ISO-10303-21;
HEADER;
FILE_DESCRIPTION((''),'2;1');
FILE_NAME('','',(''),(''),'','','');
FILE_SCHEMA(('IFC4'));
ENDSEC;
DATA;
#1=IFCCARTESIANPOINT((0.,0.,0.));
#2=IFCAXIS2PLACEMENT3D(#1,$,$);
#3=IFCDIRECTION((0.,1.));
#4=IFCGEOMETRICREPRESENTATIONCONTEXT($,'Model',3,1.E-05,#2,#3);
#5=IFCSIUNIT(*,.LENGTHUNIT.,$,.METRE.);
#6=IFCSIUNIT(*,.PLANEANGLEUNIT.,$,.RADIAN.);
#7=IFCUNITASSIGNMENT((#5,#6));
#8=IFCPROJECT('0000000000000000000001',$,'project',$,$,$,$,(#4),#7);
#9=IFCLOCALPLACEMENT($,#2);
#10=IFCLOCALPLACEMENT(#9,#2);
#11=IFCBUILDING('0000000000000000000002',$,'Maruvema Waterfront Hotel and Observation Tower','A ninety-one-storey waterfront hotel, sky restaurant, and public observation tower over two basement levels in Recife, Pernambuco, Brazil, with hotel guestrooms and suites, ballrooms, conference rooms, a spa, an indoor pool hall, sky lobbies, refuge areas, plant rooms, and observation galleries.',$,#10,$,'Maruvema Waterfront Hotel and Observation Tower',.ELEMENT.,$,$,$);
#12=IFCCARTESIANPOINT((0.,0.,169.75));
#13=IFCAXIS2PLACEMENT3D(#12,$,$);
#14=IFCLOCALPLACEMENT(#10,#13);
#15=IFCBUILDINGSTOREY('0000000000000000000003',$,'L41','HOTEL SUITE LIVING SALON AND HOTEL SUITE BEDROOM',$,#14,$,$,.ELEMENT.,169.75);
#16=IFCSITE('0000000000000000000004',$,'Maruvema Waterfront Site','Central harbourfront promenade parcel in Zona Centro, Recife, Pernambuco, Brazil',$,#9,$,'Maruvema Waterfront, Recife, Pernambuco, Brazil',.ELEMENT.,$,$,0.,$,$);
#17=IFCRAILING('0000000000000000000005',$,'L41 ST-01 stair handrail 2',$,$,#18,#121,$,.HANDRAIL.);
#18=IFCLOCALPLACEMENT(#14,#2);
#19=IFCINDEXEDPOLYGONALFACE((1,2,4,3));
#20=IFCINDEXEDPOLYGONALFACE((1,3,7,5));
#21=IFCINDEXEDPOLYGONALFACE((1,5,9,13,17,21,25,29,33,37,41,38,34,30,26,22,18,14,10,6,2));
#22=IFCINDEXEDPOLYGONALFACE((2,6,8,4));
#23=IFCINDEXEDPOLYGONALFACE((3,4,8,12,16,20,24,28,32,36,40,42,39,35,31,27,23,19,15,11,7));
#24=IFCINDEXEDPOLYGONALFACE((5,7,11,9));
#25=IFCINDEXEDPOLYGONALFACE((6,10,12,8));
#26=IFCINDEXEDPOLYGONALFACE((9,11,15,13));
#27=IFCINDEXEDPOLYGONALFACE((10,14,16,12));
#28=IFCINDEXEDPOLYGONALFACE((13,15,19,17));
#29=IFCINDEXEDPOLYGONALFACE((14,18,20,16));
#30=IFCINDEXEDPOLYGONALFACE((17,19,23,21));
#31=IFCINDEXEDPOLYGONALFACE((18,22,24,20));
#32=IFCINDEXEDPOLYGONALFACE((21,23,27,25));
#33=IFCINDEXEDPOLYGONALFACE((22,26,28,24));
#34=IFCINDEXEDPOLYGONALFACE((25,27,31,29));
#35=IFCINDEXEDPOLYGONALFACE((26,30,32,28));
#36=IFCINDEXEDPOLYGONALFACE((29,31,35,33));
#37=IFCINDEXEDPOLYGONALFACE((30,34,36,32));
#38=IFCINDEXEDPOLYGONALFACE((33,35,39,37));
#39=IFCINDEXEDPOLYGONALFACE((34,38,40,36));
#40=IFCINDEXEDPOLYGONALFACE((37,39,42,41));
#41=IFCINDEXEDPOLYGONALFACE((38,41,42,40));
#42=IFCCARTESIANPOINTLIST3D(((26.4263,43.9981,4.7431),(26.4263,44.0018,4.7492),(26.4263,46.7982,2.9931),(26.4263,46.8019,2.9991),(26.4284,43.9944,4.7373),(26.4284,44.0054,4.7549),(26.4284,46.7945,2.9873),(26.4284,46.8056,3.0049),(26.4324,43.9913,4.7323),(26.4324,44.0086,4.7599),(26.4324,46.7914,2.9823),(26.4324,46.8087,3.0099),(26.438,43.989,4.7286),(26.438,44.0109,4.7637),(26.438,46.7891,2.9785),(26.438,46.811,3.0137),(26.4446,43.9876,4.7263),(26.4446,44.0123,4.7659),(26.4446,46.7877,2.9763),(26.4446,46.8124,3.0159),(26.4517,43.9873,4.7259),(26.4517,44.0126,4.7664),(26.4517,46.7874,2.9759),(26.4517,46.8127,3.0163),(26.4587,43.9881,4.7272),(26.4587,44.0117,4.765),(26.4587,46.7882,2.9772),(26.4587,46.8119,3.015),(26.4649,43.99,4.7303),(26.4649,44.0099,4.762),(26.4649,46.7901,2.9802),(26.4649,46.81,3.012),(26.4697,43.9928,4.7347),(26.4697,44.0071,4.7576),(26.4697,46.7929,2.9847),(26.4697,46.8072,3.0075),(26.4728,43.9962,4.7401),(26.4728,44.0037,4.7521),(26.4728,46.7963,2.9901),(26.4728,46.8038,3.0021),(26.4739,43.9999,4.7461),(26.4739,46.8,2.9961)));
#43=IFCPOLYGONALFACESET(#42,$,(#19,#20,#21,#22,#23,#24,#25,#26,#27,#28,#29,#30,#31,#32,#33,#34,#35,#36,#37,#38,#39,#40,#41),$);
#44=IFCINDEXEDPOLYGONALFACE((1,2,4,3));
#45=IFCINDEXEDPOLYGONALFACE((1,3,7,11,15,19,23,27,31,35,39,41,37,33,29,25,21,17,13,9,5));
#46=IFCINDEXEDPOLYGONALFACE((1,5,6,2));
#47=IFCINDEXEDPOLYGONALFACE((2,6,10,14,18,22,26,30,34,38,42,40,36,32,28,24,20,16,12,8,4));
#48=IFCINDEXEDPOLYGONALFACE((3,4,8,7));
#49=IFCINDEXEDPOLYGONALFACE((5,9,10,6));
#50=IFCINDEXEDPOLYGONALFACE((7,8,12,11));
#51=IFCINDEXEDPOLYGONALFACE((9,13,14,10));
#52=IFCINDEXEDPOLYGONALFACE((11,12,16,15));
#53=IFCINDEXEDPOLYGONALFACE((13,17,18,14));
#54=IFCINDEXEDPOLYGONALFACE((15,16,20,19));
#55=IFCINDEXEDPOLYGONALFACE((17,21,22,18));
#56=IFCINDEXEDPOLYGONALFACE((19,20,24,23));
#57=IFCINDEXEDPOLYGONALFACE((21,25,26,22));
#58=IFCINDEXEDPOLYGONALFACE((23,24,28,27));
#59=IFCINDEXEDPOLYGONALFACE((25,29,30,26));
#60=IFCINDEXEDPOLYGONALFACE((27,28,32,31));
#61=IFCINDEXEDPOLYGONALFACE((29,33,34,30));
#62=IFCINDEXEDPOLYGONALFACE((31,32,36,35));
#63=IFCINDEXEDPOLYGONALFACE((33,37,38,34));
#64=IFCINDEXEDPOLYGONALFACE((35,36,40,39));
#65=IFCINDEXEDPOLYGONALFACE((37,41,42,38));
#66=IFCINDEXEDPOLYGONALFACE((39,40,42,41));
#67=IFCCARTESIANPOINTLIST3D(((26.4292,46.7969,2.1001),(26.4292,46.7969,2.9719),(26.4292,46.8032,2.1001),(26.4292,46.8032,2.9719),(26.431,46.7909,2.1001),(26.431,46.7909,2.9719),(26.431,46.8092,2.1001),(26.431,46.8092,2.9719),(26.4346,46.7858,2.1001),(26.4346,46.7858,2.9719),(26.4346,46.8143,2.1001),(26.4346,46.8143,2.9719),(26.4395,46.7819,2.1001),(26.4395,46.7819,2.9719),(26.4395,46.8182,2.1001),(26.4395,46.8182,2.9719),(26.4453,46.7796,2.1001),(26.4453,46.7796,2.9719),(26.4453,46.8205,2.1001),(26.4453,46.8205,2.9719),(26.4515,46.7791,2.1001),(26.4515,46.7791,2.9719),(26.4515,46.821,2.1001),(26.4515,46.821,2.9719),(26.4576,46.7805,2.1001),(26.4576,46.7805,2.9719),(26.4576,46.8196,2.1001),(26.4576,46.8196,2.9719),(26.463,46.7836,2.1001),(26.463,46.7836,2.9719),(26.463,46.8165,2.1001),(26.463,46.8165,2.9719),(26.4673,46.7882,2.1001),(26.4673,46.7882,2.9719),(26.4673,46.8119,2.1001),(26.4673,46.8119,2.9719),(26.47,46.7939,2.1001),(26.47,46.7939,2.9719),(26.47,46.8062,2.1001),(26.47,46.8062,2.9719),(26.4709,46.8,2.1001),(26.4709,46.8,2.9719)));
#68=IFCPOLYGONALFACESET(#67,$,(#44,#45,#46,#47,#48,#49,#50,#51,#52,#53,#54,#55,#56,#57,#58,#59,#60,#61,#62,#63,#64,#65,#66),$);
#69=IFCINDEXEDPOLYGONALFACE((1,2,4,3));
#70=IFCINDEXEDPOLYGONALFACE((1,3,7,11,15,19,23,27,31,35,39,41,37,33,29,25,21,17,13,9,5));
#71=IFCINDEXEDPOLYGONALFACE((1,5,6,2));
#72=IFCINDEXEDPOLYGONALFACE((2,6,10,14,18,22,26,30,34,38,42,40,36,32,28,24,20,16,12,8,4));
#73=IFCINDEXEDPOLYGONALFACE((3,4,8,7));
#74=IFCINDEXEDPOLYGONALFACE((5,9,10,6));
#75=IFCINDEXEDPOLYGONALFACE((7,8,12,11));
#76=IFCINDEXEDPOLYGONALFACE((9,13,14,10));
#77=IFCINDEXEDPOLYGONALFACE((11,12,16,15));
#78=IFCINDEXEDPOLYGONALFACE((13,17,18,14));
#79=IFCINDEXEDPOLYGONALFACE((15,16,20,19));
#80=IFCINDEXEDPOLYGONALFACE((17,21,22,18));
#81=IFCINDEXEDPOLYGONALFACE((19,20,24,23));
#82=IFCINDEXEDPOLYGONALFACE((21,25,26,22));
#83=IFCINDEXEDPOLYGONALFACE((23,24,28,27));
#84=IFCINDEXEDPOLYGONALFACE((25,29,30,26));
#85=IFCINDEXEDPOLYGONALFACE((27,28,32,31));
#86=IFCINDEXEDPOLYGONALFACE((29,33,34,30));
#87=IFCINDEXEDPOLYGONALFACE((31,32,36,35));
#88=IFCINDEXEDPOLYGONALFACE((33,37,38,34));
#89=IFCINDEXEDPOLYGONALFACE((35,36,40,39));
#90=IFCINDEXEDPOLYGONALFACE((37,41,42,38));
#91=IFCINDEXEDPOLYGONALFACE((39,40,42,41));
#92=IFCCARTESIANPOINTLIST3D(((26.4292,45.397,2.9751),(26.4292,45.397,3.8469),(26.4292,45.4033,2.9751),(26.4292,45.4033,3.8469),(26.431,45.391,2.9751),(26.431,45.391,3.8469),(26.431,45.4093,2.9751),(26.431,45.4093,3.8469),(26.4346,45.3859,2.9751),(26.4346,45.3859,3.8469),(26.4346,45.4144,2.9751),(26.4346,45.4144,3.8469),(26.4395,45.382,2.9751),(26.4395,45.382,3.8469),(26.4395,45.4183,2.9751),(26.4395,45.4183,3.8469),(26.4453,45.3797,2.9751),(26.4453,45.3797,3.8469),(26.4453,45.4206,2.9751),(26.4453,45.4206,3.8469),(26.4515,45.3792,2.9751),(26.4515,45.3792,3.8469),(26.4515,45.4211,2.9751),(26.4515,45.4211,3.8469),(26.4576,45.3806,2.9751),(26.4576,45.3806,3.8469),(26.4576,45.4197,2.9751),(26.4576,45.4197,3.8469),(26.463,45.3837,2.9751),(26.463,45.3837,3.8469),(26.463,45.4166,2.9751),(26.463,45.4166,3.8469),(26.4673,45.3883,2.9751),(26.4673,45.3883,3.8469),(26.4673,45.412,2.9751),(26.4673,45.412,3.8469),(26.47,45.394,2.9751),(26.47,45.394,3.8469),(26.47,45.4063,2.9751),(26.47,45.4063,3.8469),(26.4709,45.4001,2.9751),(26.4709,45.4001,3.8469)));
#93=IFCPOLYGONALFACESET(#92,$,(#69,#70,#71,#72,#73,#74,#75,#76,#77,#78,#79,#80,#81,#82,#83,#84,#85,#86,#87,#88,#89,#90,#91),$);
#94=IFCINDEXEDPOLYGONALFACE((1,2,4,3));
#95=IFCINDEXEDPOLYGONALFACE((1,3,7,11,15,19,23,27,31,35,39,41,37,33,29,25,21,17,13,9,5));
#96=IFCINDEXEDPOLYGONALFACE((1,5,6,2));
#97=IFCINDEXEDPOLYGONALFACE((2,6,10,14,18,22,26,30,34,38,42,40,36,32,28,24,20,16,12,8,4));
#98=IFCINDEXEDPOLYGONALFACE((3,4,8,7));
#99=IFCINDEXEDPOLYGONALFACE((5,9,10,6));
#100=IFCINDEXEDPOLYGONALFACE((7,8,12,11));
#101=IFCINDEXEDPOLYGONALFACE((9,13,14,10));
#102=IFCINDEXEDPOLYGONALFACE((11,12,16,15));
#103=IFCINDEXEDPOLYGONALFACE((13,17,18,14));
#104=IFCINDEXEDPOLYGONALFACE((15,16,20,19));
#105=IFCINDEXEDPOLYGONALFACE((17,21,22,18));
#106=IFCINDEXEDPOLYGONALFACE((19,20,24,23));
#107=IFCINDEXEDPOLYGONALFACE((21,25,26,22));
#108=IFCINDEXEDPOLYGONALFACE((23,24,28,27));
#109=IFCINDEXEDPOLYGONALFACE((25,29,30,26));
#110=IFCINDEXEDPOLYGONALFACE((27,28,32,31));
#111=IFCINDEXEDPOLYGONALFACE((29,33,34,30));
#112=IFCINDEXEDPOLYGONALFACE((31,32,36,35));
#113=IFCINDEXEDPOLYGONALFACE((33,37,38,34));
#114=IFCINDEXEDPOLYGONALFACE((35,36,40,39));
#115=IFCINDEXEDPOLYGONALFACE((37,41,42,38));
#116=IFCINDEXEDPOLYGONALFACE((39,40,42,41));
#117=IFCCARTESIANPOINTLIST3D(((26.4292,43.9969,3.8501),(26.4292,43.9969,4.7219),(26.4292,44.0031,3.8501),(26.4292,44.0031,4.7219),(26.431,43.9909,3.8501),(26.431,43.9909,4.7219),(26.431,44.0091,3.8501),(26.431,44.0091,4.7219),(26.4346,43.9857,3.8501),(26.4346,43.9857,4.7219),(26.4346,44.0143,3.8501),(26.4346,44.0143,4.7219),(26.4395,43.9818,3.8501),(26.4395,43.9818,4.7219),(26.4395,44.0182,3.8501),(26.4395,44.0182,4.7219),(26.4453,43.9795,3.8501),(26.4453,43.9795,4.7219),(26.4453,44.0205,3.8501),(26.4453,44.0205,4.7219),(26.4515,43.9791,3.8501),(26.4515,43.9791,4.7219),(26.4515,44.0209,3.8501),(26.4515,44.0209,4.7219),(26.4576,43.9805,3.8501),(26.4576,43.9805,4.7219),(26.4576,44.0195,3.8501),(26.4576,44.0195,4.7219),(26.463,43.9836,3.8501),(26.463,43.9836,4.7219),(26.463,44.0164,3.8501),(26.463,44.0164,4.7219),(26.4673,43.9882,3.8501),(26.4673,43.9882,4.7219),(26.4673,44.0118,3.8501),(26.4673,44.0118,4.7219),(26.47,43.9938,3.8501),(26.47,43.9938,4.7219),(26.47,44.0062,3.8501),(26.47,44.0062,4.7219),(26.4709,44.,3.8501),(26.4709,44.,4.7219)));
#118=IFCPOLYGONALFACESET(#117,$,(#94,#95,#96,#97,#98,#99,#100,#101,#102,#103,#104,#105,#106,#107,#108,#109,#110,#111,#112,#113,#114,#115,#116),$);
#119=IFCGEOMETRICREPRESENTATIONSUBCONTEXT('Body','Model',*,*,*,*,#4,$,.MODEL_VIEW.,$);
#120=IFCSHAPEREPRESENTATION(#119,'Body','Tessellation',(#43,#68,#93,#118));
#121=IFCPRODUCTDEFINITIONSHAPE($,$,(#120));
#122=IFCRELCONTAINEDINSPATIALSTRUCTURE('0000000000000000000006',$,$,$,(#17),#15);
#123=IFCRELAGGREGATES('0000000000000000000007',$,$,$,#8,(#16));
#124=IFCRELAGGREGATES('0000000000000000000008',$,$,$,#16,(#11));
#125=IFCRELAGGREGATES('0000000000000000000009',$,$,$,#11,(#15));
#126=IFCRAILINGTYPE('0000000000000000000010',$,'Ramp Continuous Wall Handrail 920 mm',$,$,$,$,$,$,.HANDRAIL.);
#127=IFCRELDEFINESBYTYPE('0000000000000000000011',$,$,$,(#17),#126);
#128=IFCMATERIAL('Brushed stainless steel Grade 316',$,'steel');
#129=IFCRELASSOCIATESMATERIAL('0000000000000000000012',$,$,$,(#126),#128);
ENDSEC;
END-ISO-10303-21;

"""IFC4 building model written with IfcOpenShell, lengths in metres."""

from ifc_helpers import new_model, si_unit, direction, frame, origin, origin_2d, place, context, subcontext, project, spatial, circle, extrude, material, type_object, element, save


model = new_model("IFC4")

# Units and contexts
model_context = context("Model", 3, precision=1e-05, world=origin(), true_north=direction((0.0, 1.0)))
body_context = subcontext(model_context, "Body", "Model", "MODEL_VIEW")
ifc_project = project(units=[si_unit("LENGTHUNIT", "METRE"), si_unit("PLANEANGLEUNIT", "RADIAN")], contexts=[model_context])

# Site, building, storey
site_placement = place(None, origin())
site = spatial("IfcSite", under=ifc_project, at=site_placement, Name="Maruvema Waterfront Site", Description="Central harbourfront promenade parcel in Zona Centro, Recife, Pernambuco, Brazil", LongName="Maruvema Waterfront, Recife, Pernambuco, Brazil", CompositionType="ELEMENT", RefElevation=0.0)
building_placement = place(site_placement, origin())
building = spatial("IfcBuilding", under=site, at=building_placement, Name="Maruvema Waterfront Hotel and Observation Tower", Description="A ninety-one-storey waterfront hotel, sky restaurant, and public observation tower over two basement levels in Recife, Pernambuco, Brazil, with hotel guestrooms and suites, ballrooms, conference rooms, a spa, an indoor pool hall, sky lobbies, refuge areas, plant rooms, and observation galleries.", LongName="Maruvema Waterfront Hotel and Observation Tower", CompositionType="ELEMENT")
storey_placement = place(building_placement, frame((0.0, 0.0, 169.75)))
storey = spatial("IfcBuildingStorey", under=building, at=storey_placement, Name="L41", Description="HOTEL SUITE LIVING SALON AND HOTEL SUITE BEDROOM", CompositionType="ELEMENT", Elevation=169.75)

# Railing
ifc_material_1 = material(Name="Brushed stainless steel Grade 316", Category="steel")
railing_type_1 = type_object("IfcRailingType", Name="Ramp Continuous Wall Handrail 920 mm", PredefinedType="HANDRAIL", material=ifc_material_1)
railing_1_placement = place(storey_placement, frame((26.45, 46.8, 2.1001)))
element("IfcRailing", 1, at=railing_1_placement, inside=storey, type_object=railing_type_1, Name="L41 ST-01 stair handrail 2", PredefinedType="HANDRAIL", context=body_context, shape_type="SweptSolid", body=[
    extrude(circle(Radius=0.0239, at=origin_2d()), frame((0.0, 0.0, 0.896), z_axis=(0.0, -0.848002, 0.529992), x_axis=(1.0, 0.0, 0.0)), (0.0, 0.0, 1.0), 3.302),
    extrude(circle(Radius=0.021, at=origin_2d()), origin(), (0.0, 0.0, 1.0), 0.8718),
    extrude(circle(Radius=0.021, at=origin_2d()), frame((0.0, -1.3999, 0.875)), (0.0, 0.0, 1.0), 0.8718),
    extrude(circle(Radius=0.021, at=origin_2d()), frame((0.0, -2.8, 1.75)), (0.0, 0.0, 1.0), 0.8718),
])

save(model, "model.ifc")
